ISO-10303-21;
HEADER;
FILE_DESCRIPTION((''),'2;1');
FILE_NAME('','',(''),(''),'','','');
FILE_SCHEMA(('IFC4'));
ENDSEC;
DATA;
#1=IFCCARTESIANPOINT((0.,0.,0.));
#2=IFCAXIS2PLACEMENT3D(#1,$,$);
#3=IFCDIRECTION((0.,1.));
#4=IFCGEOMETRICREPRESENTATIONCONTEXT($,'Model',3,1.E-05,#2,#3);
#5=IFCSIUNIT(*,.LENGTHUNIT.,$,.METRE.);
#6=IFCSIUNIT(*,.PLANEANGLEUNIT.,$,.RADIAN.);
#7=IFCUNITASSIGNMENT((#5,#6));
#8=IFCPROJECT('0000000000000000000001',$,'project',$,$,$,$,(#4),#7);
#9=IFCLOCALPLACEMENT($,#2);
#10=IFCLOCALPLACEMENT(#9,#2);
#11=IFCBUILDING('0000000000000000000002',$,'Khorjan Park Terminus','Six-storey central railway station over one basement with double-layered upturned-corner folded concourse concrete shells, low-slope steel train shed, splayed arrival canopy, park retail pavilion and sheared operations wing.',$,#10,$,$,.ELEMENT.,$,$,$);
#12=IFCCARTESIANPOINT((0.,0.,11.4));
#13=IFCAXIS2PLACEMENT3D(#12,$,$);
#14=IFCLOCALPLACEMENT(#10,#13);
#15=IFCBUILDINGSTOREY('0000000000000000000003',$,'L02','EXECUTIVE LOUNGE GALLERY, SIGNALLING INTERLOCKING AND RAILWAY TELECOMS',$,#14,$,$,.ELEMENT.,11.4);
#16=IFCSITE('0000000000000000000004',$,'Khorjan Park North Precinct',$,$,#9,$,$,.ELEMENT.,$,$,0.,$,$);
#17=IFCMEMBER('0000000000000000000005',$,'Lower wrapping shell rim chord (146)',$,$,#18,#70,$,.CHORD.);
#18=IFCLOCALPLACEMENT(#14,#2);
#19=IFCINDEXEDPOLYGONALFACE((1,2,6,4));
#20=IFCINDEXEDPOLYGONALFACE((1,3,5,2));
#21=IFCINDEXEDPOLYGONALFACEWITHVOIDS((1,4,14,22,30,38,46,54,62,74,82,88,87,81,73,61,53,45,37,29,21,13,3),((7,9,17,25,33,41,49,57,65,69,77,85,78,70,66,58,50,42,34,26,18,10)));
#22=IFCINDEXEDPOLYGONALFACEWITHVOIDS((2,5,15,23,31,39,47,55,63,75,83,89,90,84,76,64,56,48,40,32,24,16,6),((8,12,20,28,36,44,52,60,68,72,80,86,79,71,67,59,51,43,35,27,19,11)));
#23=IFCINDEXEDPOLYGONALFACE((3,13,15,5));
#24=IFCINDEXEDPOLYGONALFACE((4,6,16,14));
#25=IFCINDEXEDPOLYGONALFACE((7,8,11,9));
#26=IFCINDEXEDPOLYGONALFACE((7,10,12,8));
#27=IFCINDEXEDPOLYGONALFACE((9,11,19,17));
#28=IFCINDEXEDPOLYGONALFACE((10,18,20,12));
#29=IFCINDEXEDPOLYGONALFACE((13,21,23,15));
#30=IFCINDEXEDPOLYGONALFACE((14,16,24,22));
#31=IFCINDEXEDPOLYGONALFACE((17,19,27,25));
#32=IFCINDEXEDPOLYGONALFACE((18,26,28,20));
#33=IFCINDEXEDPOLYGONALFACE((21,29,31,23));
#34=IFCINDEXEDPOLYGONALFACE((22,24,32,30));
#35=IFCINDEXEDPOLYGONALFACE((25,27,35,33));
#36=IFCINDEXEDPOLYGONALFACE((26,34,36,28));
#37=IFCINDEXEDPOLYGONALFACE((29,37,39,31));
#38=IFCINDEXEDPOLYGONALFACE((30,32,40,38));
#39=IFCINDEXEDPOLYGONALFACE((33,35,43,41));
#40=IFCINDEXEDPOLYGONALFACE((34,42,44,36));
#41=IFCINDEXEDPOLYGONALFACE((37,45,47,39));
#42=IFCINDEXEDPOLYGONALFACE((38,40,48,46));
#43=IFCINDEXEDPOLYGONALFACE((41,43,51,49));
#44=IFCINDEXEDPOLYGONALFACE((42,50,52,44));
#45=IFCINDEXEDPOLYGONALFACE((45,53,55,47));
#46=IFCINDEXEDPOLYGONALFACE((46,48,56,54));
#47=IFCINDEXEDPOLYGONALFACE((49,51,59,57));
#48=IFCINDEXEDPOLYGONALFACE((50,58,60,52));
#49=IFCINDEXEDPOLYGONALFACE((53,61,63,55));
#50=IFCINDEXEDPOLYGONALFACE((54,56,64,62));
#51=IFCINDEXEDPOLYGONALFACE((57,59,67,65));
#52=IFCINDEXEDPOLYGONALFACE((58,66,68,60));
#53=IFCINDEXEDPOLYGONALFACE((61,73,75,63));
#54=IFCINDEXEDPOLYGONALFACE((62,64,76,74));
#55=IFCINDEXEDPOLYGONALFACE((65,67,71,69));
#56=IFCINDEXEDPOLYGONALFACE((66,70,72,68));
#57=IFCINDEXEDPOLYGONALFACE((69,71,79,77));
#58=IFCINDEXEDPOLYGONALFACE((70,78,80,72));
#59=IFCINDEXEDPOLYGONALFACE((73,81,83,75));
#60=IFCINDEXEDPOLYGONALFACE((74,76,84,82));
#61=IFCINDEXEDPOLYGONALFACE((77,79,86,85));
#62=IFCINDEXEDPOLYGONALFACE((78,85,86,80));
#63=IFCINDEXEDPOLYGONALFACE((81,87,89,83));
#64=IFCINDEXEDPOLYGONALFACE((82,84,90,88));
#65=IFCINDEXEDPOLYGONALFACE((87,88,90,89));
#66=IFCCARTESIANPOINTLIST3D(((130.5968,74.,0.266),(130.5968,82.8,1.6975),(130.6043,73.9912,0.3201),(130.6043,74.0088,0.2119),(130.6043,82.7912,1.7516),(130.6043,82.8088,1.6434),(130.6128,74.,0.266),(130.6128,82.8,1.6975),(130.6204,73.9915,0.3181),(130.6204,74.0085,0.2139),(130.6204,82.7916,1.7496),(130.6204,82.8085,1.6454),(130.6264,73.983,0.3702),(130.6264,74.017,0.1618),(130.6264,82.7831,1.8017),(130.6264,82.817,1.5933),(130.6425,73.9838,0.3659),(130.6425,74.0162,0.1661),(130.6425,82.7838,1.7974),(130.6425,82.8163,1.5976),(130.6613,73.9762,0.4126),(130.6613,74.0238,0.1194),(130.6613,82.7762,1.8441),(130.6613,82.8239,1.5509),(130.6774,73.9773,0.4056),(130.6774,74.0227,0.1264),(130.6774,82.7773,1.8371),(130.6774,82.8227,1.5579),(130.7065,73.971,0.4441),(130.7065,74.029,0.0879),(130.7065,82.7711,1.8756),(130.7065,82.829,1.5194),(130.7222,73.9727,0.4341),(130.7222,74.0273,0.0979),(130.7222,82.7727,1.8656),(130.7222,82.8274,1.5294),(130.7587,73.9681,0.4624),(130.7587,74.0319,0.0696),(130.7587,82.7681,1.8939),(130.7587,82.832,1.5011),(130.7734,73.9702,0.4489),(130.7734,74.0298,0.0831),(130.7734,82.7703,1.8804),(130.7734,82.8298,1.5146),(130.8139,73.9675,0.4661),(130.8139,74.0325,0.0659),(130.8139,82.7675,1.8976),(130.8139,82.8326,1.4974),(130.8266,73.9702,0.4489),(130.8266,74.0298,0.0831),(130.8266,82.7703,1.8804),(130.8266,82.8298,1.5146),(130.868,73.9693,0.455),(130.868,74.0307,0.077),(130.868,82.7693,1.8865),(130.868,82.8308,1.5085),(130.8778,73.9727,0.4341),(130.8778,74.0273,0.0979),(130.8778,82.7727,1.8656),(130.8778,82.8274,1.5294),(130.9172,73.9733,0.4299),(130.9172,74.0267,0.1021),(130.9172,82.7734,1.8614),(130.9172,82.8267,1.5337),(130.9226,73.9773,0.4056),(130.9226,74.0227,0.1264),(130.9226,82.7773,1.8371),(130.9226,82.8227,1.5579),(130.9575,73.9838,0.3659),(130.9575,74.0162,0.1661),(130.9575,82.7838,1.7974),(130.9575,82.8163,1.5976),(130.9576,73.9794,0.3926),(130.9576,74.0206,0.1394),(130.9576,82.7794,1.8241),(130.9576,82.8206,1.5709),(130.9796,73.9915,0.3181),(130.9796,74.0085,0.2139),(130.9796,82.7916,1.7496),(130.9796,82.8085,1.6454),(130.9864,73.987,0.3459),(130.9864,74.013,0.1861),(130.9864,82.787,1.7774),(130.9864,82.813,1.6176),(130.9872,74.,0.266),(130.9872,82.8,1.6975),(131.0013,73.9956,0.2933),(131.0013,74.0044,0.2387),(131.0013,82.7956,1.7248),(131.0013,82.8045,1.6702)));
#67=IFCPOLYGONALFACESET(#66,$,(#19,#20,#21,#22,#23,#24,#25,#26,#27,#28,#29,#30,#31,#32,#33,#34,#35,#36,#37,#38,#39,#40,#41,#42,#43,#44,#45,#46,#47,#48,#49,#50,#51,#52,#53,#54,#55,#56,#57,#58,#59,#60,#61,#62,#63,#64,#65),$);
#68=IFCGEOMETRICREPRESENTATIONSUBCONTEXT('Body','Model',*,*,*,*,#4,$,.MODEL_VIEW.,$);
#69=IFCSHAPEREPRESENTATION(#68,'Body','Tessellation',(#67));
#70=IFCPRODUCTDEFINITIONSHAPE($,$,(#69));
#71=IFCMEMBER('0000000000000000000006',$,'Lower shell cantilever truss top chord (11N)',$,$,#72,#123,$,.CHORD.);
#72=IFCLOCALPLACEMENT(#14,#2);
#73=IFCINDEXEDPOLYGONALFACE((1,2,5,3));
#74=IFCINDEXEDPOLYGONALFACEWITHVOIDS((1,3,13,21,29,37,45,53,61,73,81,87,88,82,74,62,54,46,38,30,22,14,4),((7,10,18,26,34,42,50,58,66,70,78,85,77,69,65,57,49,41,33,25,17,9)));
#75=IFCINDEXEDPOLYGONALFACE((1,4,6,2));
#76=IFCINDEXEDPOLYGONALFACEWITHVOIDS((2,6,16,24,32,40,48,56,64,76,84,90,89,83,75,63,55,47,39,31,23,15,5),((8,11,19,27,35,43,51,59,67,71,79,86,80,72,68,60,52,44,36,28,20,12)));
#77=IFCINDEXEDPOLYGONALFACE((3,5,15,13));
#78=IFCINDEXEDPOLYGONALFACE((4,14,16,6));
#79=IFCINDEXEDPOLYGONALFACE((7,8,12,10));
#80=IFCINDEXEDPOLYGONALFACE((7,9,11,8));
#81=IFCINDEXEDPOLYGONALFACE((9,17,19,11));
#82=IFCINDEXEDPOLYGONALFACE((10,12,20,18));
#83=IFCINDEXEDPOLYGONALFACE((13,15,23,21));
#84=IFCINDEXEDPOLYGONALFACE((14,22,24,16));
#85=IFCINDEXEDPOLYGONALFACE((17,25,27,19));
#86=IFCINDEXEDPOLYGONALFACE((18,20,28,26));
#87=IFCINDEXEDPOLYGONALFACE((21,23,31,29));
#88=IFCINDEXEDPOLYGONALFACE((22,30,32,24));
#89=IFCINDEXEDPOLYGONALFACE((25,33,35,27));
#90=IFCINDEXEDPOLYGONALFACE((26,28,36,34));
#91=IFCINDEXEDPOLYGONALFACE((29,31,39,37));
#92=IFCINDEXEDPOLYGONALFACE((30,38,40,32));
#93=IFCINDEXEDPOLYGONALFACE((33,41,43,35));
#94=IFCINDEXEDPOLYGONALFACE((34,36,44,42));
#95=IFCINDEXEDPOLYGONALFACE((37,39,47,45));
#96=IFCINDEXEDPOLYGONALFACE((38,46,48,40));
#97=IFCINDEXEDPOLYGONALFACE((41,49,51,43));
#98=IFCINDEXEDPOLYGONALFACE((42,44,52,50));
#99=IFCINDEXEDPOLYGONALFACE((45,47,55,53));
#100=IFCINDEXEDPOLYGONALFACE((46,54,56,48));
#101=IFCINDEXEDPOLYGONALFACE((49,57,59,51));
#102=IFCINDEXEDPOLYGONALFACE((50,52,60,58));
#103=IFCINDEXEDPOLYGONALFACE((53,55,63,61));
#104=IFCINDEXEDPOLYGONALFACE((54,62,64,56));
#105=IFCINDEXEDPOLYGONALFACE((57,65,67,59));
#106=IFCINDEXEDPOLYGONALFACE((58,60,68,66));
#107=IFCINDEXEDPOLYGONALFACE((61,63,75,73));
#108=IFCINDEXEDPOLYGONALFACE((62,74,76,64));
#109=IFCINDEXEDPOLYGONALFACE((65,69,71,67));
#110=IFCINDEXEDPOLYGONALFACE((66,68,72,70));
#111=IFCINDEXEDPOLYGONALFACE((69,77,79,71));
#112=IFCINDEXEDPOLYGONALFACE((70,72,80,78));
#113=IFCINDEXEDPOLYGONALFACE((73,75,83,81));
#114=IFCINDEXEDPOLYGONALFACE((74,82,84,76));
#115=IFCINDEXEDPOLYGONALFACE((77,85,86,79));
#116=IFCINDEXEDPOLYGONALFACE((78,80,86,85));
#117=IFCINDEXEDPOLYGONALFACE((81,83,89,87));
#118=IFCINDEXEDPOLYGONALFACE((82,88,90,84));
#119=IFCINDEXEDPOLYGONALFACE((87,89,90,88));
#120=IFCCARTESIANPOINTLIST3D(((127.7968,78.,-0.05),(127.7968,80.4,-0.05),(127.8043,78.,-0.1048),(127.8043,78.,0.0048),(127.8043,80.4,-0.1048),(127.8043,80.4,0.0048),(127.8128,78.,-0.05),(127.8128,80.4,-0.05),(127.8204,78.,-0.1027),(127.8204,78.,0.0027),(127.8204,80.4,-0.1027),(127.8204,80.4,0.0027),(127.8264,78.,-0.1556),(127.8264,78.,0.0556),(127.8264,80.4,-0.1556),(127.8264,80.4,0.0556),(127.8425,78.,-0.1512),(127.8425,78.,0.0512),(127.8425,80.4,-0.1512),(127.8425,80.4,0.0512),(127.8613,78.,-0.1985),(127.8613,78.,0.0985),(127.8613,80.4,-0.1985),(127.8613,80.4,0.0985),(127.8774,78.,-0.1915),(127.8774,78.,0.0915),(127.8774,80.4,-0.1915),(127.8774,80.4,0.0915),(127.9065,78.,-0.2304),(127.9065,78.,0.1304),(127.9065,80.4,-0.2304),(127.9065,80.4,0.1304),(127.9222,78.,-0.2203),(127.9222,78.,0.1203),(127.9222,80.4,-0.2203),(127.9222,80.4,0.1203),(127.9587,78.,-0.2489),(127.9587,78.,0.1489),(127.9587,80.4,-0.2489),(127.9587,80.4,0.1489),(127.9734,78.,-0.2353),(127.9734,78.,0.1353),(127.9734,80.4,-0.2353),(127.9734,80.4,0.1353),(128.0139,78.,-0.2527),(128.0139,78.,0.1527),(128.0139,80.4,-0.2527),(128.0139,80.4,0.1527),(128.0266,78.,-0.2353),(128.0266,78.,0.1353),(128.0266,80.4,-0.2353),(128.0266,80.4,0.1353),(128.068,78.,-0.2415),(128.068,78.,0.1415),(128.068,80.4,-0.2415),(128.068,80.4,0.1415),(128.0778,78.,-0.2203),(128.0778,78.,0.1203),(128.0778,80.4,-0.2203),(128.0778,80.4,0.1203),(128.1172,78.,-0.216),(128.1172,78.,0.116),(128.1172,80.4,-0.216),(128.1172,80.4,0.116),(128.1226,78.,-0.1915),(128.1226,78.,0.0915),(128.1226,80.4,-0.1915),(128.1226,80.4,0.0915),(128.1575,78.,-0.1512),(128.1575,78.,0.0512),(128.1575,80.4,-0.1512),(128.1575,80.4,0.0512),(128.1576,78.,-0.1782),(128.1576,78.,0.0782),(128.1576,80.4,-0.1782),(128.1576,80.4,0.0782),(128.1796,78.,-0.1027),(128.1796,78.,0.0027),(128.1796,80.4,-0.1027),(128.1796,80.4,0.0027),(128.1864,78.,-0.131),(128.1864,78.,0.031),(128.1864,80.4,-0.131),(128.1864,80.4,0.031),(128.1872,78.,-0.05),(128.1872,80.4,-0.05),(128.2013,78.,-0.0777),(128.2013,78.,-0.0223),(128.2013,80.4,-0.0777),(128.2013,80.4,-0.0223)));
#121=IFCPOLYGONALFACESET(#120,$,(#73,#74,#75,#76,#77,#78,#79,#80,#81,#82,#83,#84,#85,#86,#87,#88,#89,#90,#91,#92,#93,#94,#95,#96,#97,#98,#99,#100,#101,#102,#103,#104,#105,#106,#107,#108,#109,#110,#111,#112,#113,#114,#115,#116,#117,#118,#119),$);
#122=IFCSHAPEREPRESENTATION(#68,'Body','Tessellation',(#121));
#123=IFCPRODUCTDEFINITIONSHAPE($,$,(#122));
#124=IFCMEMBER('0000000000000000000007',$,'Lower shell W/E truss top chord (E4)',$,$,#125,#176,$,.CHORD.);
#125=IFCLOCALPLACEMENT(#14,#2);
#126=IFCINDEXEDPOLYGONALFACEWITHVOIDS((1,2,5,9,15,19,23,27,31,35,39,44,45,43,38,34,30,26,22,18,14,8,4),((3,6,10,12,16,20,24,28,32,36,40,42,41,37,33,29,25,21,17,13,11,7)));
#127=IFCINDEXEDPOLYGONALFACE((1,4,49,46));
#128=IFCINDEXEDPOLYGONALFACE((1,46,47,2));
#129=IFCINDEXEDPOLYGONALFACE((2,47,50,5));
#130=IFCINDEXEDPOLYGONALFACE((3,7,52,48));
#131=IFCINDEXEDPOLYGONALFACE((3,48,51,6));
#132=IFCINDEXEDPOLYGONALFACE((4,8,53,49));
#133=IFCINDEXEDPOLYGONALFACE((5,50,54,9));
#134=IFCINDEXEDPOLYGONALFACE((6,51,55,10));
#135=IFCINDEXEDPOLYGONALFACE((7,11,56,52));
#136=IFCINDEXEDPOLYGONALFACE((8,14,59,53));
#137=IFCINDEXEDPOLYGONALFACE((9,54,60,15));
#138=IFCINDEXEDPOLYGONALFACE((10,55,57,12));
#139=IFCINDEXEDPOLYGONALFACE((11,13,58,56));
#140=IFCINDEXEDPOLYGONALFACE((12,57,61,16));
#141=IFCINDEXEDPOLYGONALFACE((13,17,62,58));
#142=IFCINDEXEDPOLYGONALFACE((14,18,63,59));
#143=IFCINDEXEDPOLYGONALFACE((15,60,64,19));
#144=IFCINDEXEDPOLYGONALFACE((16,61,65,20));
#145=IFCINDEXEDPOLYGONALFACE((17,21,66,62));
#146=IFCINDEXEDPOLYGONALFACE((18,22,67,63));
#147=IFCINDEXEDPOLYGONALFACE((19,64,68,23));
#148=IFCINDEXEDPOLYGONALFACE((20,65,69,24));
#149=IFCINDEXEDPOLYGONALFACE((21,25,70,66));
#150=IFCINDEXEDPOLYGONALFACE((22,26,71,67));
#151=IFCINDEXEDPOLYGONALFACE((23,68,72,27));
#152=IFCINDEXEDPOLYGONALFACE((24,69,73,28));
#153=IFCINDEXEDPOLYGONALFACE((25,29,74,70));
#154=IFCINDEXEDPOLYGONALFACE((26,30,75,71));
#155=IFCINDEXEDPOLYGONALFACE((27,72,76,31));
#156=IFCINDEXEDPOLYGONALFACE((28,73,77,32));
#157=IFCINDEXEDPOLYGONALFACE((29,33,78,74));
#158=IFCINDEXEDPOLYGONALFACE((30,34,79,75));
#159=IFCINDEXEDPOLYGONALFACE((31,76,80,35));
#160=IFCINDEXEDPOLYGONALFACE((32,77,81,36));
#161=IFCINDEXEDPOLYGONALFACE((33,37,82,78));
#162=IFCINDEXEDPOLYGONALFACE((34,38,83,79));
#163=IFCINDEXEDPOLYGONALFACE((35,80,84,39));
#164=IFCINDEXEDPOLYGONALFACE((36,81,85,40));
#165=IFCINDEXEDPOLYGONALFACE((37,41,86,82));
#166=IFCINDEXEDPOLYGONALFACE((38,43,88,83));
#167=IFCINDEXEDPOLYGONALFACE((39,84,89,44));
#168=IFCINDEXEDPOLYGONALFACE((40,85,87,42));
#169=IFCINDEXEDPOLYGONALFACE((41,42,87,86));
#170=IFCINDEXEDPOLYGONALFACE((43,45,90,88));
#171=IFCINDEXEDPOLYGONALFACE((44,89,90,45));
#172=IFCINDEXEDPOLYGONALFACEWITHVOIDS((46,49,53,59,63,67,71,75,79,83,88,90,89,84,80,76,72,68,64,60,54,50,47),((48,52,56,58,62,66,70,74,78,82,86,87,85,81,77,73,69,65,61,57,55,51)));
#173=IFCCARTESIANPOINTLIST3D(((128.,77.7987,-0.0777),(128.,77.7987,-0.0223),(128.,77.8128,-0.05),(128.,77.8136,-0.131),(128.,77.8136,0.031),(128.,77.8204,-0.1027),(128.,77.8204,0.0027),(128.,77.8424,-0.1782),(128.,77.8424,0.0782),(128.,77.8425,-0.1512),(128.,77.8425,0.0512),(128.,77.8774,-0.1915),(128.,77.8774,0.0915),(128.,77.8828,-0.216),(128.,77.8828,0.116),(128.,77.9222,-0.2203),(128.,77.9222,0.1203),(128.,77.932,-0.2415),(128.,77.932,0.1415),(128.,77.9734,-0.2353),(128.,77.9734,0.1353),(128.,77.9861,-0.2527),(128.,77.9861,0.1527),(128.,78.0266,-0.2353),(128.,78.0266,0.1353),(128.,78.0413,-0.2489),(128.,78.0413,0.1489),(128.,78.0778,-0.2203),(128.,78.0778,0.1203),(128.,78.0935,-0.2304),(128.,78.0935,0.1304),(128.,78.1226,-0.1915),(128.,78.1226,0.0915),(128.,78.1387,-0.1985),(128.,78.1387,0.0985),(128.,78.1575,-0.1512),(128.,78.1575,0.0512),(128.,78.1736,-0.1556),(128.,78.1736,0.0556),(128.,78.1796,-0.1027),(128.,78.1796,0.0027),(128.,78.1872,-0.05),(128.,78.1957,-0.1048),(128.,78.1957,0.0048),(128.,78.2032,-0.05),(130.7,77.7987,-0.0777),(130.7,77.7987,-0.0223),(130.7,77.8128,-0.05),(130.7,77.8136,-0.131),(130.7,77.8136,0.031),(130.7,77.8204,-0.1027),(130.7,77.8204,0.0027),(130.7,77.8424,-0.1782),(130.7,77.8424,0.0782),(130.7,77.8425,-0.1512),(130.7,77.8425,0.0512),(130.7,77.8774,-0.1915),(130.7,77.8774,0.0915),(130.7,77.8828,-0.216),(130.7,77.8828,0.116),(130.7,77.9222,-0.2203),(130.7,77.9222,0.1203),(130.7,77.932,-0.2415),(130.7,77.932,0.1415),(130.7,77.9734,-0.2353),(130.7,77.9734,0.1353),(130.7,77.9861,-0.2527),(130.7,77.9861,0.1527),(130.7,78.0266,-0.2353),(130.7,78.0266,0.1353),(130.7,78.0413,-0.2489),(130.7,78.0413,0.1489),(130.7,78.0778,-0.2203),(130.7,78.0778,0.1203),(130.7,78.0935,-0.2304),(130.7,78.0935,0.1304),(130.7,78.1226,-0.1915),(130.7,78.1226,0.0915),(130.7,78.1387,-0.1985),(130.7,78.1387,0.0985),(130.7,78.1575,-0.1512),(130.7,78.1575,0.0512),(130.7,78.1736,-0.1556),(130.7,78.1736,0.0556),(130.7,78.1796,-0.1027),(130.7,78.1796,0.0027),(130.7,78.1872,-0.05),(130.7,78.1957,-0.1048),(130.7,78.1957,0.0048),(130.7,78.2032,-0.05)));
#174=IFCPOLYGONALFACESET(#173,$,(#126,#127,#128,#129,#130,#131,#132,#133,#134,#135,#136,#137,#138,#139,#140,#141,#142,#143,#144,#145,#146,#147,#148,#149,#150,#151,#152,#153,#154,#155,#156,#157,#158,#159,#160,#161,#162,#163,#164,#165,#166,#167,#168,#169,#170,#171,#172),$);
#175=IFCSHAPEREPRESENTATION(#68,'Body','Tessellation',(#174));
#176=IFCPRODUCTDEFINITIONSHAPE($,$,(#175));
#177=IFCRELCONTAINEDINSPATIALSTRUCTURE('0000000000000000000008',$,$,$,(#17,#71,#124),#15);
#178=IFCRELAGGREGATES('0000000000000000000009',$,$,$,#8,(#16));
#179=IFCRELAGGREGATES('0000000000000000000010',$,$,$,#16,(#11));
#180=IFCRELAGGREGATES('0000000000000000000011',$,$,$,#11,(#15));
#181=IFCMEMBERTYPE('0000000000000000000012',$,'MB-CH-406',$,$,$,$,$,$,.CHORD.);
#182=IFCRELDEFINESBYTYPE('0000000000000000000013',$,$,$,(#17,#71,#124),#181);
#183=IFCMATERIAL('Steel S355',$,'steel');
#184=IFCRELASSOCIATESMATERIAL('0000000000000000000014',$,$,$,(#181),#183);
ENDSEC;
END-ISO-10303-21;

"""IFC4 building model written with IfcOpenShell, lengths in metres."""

from ifc_helpers import new_model, si_unit, direction, frame, origin, origin_2d, place, context, subcontext, project, spatial, hollow_circle, extrude, material, material_profile, profile_set, type_object, element, save


model = new_model("IFC4")

# Units and contexts
model_context = context("Model", 3, precision=1e-05, world=origin(), true_north=direction((0.0, 1.0)))
body_context = subcontext(model_context, "Body", "Model", "MODEL_VIEW")
ifc_project = project(units=[si_unit("LENGTHUNIT", "METRE"), si_unit("PLANEANGLEUNIT", "RADIAN")], contexts=[model_context])

# Site, building, storey
site_placement = place(None, origin())
site = spatial("IfcSite", under=ifc_project, at=site_placement, Name="Khorjan Park North Precinct", CompositionType="ELEMENT", RefElevation=0.0)
building_placement = place(site_placement, origin())
building = spatial("IfcBuilding", under=site, at=building_placement, Name="Khorjan Park Terminus", Description="Six-storey central railway station over one basement with double-layered upturned-corner folded concourse concrete shells, low-slope steel train shed, splayed arrival canopy, park retail pavilion and sheared operations wing.", CompositionType="ELEMENT")
storey_placement = place(building_placement, frame((0.0, 0.0, 11.4)))
storey = spatial("IfcBuildingStorey", under=building, at=storey_placement, Name="L02", Description="EXECUTIVE LOUNGE GALLERY, SIGNALLING INTERLOCKING AND RAILWAY TELECOMS", CompositionType="ELEMENT", Elevation=11.4)

# Shared definitions
ifc_material_1 = material(Name="Steel S355", Category="steel")

# Members
ifc_material_profile_1 = material_profile(ifc_material_1, hollow_circle(Radius=0.2032, WallThickness=0.016, at=origin_2d()), Name="CHS 406.4x16")
ifc_profile_set_1 = profile_set([ifc_material_profile_1], Name="Steel S355")
member_type_1 = type_object("IfcMemberType", Name="MB-CH-406", PredefinedType="CHORD", material=ifc_profile_set_1)
member_1_placement = place(storey_placement, frame((130.8, 74.0, 0.266), z_axis=(0.0, 0.987026, 0.16056), x_axis=(-1.0, 0.0, 0.0)))
element("IfcMember", 1, at=member_1_placement, inside=storey, type_object=member_type_1, Name="Lower wrapping shell rim chord (146)", PredefinedType="CHORD", context=body_context, shape_type="SweptSolid", body=[
    extrude(hollow_circle(Radius=0.2032, WallThickness=0.016, at=origin_2d()), origin(), (0.0, 0.0, 1.0), 8.9157),
])
member_2_placement = place(storey_placement, frame((128.0, 78.0, -0.05), z_axis=(0.0, 1.0, 0.0), x_axis=(-1.0, 0.0, 0.0)))
element("IfcMember", 2, at=member_2_placement, inside=storey, type_object=member_type_1, Name="Lower shell cantilever truss top chord (11N)", PredefinedType="CHORD", context=body_context, shape_type="SweptSolid", body=[
    extrude(hollow_circle(Radius=0.2032, WallThickness=0.016, at=origin_2d()), origin(), (0.0, 0.0, 1.0), 2.4),
])
member_3_placement = place(storey_placement, frame((128.0, 78.0, -0.05), z_axis=(1.0, 0.0, 0.0), x_axis=(0.0, 1.0, 0.0)))
element("IfcMember", 3, at=member_3_placement, inside=storey, type_object=member_type_1, Name="Lower shell W/E truss top chord (E4)", PredefinedType="CHORD", context=body_context, shape_type="SweptSolid", body=[
    extrude(hollow_circle(Radius=0.2032, WallThickness=0.016, at=origin_2d()), origin(), (0.0, 0.0, 1.0), 2.7),
])

save(model, "model.ifc")
